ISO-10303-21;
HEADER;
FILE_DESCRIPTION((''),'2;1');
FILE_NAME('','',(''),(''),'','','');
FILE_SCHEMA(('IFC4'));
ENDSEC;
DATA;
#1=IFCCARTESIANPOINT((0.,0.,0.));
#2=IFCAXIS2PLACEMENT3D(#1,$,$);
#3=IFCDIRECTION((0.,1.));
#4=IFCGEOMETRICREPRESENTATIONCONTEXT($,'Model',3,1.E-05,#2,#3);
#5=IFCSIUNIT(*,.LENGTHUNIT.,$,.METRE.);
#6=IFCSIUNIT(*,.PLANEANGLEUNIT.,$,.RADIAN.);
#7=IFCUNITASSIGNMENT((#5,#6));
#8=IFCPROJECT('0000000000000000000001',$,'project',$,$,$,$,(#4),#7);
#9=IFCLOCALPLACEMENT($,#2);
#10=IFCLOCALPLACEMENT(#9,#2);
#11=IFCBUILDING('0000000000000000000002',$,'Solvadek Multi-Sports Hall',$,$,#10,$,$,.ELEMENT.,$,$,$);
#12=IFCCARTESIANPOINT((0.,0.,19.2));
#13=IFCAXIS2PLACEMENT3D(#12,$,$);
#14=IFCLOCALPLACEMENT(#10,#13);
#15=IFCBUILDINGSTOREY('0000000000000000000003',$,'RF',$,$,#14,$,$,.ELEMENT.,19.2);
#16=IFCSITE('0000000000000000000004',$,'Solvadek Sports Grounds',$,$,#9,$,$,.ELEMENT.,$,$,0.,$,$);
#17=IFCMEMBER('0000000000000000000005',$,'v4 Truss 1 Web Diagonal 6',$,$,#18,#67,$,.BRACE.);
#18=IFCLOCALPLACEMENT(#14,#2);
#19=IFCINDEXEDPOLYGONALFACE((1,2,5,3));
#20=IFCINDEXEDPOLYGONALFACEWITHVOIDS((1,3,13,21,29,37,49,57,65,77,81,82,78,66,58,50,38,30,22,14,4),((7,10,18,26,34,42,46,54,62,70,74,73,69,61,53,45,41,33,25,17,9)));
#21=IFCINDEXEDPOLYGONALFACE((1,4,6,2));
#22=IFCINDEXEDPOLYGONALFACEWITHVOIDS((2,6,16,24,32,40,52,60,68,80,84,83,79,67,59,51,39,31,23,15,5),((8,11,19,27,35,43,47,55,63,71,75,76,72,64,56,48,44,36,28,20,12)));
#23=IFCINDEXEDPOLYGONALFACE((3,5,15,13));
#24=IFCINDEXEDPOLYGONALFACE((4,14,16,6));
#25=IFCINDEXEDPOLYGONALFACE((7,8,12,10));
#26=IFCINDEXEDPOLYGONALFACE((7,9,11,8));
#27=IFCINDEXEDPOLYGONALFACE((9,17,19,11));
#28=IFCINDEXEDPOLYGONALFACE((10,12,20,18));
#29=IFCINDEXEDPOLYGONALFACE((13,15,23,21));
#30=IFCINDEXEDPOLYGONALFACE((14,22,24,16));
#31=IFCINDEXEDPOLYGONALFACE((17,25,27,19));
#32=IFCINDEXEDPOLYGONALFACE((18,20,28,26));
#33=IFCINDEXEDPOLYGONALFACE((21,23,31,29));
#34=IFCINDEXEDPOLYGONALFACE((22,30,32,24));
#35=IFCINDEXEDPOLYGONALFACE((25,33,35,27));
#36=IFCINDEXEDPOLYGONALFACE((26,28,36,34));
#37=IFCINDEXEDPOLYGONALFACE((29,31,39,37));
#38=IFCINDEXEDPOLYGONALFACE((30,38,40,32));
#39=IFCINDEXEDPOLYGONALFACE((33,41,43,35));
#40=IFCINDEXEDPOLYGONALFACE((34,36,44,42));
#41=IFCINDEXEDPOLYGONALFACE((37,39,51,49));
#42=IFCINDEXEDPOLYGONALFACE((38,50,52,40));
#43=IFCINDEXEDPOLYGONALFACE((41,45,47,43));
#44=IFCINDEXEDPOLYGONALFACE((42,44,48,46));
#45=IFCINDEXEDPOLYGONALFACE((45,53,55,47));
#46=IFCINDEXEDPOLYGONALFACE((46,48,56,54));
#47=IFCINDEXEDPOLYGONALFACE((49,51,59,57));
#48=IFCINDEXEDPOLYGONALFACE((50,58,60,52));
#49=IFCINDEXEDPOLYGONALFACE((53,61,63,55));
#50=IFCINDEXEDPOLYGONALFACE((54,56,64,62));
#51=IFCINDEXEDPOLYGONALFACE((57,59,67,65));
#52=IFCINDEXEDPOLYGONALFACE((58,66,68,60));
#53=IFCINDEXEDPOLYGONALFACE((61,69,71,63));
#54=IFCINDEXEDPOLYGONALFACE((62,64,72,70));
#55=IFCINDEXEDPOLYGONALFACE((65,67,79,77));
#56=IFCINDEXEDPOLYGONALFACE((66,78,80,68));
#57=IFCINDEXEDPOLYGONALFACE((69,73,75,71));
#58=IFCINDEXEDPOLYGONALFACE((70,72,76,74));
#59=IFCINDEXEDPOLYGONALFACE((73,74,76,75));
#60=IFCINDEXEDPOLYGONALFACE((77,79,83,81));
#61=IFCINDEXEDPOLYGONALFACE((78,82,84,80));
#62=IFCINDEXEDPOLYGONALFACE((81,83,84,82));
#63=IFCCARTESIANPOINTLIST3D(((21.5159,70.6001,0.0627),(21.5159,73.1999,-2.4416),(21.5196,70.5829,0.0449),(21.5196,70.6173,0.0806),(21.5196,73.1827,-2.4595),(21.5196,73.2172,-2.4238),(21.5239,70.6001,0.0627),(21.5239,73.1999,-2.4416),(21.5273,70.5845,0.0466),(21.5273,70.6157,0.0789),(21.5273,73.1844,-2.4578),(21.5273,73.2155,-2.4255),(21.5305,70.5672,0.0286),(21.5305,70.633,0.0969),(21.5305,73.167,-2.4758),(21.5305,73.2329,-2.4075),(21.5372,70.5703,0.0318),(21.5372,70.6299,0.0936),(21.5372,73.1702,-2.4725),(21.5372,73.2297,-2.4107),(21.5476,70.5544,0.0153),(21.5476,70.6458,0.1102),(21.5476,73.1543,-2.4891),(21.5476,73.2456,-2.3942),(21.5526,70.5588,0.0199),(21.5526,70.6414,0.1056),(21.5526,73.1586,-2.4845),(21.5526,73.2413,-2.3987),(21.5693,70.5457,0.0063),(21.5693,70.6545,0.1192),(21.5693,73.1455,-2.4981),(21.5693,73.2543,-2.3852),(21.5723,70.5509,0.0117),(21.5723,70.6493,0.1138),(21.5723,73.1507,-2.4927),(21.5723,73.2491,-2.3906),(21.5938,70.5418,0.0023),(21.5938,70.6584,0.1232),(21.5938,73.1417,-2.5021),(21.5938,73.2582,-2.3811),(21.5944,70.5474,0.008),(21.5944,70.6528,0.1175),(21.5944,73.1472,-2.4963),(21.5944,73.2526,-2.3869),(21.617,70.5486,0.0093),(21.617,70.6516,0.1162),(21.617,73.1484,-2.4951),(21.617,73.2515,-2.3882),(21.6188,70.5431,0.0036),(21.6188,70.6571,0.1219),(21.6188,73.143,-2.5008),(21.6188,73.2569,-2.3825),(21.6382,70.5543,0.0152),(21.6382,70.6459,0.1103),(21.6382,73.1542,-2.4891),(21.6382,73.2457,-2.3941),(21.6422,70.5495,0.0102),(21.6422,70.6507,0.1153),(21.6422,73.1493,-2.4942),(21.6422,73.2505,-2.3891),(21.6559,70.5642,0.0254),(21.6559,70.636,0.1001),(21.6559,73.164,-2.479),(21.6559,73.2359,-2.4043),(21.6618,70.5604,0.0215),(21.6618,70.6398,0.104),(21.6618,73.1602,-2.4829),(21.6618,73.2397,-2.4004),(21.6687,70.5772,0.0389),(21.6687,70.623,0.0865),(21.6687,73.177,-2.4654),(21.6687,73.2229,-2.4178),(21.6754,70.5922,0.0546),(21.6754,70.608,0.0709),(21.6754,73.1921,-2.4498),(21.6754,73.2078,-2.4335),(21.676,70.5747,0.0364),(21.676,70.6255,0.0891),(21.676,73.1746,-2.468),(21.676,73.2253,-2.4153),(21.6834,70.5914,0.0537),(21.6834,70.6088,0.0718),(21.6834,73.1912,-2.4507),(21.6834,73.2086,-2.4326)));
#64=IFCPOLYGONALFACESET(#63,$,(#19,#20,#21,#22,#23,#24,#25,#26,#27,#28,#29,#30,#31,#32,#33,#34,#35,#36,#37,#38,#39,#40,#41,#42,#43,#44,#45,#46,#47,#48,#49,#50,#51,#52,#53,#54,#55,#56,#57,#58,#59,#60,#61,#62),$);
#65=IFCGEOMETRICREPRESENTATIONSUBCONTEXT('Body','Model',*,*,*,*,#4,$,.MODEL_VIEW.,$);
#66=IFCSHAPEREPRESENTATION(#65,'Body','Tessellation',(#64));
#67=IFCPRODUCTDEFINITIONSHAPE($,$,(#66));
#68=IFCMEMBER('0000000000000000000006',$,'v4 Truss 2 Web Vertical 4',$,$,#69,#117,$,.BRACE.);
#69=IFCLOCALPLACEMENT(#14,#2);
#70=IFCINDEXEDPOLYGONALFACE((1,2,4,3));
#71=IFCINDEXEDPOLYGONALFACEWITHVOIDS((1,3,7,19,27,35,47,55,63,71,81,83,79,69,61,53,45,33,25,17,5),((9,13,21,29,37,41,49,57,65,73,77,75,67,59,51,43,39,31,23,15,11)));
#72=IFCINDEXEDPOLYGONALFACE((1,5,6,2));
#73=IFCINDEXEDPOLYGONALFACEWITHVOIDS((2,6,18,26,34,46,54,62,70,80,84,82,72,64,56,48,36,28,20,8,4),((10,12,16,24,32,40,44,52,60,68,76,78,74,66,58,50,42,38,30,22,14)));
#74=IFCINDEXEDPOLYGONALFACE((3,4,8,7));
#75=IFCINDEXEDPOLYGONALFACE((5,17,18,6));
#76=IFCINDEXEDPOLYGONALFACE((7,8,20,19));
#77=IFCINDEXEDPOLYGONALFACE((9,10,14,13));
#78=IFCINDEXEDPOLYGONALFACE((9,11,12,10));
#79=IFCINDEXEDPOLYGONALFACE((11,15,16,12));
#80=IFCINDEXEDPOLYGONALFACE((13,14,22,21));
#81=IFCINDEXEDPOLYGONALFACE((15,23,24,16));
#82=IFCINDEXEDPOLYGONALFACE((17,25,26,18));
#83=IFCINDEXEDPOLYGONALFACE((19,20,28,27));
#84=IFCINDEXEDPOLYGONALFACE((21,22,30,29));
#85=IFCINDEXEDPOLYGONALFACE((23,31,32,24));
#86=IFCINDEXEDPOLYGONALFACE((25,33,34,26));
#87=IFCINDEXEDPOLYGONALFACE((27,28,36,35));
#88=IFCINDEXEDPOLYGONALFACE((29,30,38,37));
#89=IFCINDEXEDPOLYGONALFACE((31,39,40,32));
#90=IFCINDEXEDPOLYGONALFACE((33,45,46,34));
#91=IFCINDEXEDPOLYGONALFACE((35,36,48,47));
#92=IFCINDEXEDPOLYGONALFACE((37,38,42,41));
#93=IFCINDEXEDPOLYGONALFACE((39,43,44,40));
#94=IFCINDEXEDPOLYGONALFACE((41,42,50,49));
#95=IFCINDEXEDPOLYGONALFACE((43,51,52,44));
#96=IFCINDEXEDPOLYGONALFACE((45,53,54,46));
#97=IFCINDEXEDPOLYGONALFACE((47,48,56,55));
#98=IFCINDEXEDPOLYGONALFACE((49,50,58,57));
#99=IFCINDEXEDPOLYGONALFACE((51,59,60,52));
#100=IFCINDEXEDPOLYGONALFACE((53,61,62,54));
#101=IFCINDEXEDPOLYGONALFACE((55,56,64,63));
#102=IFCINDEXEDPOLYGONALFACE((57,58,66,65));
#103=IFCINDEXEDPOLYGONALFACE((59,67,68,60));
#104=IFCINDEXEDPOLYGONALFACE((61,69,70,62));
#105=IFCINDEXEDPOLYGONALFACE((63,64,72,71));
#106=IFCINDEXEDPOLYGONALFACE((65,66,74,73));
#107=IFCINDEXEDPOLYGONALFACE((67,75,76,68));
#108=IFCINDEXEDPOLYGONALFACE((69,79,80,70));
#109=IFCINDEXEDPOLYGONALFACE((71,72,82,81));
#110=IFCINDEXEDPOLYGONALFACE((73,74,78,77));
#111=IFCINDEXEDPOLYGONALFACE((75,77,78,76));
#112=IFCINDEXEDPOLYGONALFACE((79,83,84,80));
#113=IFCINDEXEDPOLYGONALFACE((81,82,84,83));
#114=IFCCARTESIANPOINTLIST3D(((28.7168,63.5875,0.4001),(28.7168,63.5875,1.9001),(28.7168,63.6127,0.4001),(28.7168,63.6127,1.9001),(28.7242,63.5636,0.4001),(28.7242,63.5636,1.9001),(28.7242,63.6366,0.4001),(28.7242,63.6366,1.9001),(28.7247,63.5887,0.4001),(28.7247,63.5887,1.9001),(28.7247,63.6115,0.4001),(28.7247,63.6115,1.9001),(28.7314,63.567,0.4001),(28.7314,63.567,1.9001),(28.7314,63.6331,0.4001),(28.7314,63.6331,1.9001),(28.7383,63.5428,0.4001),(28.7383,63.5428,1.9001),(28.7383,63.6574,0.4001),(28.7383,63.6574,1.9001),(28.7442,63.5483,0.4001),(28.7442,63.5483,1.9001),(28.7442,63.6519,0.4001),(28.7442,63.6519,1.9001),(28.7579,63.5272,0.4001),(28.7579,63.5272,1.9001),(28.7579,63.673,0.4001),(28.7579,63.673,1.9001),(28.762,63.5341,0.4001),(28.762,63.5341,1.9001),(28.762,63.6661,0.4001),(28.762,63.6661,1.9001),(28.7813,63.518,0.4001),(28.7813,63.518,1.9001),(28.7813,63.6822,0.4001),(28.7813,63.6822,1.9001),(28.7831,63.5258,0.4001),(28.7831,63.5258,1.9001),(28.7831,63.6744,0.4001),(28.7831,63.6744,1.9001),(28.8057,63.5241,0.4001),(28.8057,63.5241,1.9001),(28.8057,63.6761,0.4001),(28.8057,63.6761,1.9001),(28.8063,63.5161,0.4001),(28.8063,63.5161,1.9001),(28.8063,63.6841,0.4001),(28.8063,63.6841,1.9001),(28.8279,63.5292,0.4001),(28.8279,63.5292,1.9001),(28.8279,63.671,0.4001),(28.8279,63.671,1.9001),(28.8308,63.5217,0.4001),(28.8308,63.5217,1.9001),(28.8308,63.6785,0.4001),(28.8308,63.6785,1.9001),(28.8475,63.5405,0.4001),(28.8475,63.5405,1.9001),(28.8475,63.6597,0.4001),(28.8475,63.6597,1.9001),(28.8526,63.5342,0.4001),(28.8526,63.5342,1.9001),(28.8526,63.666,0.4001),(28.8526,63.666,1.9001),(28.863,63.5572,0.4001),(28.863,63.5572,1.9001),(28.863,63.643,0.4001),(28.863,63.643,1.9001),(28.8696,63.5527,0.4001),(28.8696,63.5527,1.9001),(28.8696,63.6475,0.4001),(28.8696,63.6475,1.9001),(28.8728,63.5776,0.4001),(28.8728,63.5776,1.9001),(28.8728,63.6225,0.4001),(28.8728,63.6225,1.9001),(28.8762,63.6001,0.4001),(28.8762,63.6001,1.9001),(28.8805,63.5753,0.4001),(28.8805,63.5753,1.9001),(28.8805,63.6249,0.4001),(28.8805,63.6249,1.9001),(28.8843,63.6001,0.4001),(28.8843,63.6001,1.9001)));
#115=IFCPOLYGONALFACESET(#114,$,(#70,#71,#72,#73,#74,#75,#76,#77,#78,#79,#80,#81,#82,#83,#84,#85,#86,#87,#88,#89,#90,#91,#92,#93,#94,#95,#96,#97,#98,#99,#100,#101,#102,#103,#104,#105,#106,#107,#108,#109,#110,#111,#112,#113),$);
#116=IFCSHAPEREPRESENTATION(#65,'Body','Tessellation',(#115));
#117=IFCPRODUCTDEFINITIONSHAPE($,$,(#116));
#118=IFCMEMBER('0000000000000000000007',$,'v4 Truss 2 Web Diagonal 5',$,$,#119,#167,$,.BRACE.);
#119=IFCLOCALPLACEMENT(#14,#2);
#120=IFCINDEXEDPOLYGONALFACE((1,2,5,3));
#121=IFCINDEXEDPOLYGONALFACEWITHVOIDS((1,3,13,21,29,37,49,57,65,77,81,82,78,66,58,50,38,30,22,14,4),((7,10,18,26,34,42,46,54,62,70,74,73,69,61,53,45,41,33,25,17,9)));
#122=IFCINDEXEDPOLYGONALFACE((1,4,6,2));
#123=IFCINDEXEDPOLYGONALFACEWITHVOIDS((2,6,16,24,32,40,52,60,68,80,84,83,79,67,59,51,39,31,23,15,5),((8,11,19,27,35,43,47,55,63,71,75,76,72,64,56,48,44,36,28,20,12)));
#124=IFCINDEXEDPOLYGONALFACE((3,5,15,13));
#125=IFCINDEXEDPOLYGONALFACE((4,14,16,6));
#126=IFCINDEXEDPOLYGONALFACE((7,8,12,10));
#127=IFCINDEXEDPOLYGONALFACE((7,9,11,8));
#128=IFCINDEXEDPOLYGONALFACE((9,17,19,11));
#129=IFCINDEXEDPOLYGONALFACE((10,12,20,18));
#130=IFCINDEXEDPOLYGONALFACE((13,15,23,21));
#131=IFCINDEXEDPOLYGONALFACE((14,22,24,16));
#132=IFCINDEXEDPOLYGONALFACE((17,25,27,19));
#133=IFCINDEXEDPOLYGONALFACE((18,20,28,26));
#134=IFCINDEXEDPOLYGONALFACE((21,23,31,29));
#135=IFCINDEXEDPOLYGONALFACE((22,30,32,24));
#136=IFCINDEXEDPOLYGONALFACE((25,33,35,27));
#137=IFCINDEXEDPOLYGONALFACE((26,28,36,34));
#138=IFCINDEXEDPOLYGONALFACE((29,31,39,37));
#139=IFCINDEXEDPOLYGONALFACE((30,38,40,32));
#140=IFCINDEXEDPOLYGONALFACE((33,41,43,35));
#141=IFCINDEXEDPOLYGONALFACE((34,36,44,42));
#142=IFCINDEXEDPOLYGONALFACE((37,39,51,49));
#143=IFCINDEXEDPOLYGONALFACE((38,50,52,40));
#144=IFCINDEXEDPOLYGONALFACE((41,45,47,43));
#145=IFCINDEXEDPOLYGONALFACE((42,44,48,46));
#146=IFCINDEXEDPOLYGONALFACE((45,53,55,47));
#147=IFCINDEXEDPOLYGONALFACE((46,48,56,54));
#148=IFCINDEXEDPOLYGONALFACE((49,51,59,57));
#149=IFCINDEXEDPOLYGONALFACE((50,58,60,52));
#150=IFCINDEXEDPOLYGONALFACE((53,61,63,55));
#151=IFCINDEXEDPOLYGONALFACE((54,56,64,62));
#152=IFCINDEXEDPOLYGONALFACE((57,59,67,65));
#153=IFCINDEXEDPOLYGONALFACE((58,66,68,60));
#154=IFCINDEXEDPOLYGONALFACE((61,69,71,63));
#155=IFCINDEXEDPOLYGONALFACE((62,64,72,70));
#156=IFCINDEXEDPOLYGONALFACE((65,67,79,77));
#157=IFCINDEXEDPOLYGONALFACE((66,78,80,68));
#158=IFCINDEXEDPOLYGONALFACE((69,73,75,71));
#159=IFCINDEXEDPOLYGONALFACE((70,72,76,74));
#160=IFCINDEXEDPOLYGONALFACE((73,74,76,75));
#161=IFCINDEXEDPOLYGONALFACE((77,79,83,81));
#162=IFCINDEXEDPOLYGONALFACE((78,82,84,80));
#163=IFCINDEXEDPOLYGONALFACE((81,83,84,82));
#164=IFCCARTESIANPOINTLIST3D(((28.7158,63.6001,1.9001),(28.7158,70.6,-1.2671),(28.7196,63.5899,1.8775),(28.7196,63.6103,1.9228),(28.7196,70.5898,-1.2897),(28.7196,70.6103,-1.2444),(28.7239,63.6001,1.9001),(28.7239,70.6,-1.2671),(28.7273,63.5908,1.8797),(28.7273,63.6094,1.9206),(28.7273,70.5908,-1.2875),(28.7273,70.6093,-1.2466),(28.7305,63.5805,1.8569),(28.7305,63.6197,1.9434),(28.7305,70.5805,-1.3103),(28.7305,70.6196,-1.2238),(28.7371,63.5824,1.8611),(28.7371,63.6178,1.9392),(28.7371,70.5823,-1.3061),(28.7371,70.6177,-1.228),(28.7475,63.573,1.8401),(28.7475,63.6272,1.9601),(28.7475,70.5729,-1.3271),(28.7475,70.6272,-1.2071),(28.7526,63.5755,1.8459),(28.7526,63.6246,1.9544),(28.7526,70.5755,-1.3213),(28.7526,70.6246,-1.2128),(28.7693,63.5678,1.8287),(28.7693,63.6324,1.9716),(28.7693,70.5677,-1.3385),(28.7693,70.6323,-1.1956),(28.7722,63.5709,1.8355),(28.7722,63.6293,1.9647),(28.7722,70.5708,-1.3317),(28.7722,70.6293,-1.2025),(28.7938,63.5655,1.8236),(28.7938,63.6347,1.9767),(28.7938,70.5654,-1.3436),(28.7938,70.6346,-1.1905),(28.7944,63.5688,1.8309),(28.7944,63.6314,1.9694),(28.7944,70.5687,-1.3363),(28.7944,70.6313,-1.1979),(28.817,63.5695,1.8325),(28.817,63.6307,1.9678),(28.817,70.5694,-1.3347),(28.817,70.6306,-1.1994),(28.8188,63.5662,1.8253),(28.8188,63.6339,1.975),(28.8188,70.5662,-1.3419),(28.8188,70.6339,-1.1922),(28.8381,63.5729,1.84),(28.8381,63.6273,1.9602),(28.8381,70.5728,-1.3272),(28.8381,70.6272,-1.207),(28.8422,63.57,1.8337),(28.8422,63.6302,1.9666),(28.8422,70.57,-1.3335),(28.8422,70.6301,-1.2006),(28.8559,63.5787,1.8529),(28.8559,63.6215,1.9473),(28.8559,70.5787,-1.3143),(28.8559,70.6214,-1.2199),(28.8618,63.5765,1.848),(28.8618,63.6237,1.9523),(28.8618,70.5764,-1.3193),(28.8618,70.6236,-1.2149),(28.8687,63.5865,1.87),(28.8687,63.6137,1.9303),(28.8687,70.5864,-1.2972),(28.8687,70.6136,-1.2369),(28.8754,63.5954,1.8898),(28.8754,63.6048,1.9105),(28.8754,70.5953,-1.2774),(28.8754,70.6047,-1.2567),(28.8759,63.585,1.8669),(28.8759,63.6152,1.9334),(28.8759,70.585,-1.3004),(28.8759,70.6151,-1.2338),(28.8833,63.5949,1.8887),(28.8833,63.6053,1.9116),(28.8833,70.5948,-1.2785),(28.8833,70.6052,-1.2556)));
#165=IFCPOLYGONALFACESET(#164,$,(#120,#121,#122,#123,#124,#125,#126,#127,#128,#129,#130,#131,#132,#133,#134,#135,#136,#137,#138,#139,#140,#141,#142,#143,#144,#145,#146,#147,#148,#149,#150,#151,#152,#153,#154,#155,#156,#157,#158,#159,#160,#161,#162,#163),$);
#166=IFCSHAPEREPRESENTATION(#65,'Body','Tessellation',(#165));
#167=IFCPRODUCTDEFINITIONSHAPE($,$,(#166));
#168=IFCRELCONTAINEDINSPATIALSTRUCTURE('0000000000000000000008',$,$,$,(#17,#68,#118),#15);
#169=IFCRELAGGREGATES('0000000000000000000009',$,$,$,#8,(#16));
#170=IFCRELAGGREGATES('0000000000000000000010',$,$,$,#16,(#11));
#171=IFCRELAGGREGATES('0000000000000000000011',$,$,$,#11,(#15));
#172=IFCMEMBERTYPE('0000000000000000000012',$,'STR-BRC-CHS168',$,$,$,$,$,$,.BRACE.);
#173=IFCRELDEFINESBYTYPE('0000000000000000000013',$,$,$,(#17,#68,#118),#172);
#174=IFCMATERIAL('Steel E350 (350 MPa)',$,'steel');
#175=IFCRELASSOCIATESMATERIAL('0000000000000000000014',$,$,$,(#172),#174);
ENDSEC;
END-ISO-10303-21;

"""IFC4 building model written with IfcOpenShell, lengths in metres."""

from ifc_helpers import new_model, si_unit, direction, frame, origin, origin_2d, place, context, subcontext, project, spatial, hollow_circle, extrude, material, material_profile, profile_set, type_object, element, save


model = new_model("IFC4")

# Units and contexts
model_context = context("Model", 3, precision=1e-05, world=origin(), true_north=direction((0.0, 1.0)))
body_context = subcontext(model_context, "Body", "Model", "MODEL_VIEW")
ifc_project = project(units=[si_unit("LENGTHUNIT", "METRE"), si_unit("PLANEANGLEUNIT", "RADIAN")], contexts=[model_context])

# Site, building, storey
site_placement = place(None, origin())
site = spatial("IfcSite", under=ifc_project, at=site_placement, Name="Solvadek Sports Grounds", CompositionType="ELEMENT", RefElevation=0.0)
building_placement = place(site_placement, origin())
building = spatial("IfcBuilding", under=site, at=building_placement, Name="Solvadek Multi-Sports Hall", CompositionType="ELEMENT")
storey_placement = place(building_placement, frame((0.0, 0.0, 19.2)))
storey = spatial("IfcBuildingStorey", under=building, at=storey_placement, Name="RF", CompositionType="ELEMENT", Elevation=19.2)

# Members
ifc_material_1 = material(Name="Steel E350 (350 MPa)", Category="steel")
ifc_material_profile_1 = material_profile(ifc_material_1, hollow_circle(Radius=0.0842, WallThickness=0.0081, at=origin_2d()), Name="CHS 168.3x8")
ifc_profile_set_1 = profile_set([ifc_material_profile_1], Name="Steel E350 (350 MPa)")
member_type_1 = type_object("IfcMemberType", Name="STR-BRC-CHS168", PredefinedType="BRACE", material=ifc_profile_set_1)
member_1_placement = place(storey_placement, frame((21.6001, 70.6001, 0.0627), z_axis=(0.0, 0.720205, -0.693761), x_axis=(-1.0, 0.0, 0.0)))
element("IfcMember", 1, at=member_1_placement, inside=storey, type_object=member_type_1, Name="v4 Truss 1 Web Diagonal 6", PredefinedType="BRACE", context=body_context, shape_type="SweptSolid", body=[
    extrude(hollow_circle(Radius=0.0842, WallThickness=0.0081, at=origin_2d()), origin(), (0.0, 0.0, 1.0), 3.6099),
])
member_2_placement = place(storey_placement, frame((28.8, 63.6001, 0.4001), z_axis=(0.0, 0.0, 1.0), x_axis=(1.0, 0.0, 0.0)))
element("IfcMember", 2, at=member_2_placement, inside=storey, type_object=member_type_1, Name="v4 Truss 2 Web Vertical 4", PredefinedType="BRACE", context=body_context, shape_type="SweptSolid", body=[
    extrude(hollow_circle(Radius=0.0842, WallThickness=0.0081, at=origin_2d()), origin(), (0.0, 0.0, 1.0), 1.5),
])
member_3_placement = place(storey_placement, frame((28.8, 63.6001, 1.9001), z_axis=(0.0, 0.91108, -0.412229), x_axis=(-1.0, 0.0, 0.0)))
element("IfcMember", 3, at=member_3_placement, inside=storey, type_object=member_type_1, Name="v4 Truss 2 Web Diagonal 5", PredefinedType="BRACE", context=body_context, shape_type="SweptSolid", body=[
    extrude(hollow_circle(Radius=0.0842, WallThickness=0.0081, at=origin_2d()), origin(), (0.0, 0.0, 1.0), 7.6831),
])

save(model, "model.ifc")
